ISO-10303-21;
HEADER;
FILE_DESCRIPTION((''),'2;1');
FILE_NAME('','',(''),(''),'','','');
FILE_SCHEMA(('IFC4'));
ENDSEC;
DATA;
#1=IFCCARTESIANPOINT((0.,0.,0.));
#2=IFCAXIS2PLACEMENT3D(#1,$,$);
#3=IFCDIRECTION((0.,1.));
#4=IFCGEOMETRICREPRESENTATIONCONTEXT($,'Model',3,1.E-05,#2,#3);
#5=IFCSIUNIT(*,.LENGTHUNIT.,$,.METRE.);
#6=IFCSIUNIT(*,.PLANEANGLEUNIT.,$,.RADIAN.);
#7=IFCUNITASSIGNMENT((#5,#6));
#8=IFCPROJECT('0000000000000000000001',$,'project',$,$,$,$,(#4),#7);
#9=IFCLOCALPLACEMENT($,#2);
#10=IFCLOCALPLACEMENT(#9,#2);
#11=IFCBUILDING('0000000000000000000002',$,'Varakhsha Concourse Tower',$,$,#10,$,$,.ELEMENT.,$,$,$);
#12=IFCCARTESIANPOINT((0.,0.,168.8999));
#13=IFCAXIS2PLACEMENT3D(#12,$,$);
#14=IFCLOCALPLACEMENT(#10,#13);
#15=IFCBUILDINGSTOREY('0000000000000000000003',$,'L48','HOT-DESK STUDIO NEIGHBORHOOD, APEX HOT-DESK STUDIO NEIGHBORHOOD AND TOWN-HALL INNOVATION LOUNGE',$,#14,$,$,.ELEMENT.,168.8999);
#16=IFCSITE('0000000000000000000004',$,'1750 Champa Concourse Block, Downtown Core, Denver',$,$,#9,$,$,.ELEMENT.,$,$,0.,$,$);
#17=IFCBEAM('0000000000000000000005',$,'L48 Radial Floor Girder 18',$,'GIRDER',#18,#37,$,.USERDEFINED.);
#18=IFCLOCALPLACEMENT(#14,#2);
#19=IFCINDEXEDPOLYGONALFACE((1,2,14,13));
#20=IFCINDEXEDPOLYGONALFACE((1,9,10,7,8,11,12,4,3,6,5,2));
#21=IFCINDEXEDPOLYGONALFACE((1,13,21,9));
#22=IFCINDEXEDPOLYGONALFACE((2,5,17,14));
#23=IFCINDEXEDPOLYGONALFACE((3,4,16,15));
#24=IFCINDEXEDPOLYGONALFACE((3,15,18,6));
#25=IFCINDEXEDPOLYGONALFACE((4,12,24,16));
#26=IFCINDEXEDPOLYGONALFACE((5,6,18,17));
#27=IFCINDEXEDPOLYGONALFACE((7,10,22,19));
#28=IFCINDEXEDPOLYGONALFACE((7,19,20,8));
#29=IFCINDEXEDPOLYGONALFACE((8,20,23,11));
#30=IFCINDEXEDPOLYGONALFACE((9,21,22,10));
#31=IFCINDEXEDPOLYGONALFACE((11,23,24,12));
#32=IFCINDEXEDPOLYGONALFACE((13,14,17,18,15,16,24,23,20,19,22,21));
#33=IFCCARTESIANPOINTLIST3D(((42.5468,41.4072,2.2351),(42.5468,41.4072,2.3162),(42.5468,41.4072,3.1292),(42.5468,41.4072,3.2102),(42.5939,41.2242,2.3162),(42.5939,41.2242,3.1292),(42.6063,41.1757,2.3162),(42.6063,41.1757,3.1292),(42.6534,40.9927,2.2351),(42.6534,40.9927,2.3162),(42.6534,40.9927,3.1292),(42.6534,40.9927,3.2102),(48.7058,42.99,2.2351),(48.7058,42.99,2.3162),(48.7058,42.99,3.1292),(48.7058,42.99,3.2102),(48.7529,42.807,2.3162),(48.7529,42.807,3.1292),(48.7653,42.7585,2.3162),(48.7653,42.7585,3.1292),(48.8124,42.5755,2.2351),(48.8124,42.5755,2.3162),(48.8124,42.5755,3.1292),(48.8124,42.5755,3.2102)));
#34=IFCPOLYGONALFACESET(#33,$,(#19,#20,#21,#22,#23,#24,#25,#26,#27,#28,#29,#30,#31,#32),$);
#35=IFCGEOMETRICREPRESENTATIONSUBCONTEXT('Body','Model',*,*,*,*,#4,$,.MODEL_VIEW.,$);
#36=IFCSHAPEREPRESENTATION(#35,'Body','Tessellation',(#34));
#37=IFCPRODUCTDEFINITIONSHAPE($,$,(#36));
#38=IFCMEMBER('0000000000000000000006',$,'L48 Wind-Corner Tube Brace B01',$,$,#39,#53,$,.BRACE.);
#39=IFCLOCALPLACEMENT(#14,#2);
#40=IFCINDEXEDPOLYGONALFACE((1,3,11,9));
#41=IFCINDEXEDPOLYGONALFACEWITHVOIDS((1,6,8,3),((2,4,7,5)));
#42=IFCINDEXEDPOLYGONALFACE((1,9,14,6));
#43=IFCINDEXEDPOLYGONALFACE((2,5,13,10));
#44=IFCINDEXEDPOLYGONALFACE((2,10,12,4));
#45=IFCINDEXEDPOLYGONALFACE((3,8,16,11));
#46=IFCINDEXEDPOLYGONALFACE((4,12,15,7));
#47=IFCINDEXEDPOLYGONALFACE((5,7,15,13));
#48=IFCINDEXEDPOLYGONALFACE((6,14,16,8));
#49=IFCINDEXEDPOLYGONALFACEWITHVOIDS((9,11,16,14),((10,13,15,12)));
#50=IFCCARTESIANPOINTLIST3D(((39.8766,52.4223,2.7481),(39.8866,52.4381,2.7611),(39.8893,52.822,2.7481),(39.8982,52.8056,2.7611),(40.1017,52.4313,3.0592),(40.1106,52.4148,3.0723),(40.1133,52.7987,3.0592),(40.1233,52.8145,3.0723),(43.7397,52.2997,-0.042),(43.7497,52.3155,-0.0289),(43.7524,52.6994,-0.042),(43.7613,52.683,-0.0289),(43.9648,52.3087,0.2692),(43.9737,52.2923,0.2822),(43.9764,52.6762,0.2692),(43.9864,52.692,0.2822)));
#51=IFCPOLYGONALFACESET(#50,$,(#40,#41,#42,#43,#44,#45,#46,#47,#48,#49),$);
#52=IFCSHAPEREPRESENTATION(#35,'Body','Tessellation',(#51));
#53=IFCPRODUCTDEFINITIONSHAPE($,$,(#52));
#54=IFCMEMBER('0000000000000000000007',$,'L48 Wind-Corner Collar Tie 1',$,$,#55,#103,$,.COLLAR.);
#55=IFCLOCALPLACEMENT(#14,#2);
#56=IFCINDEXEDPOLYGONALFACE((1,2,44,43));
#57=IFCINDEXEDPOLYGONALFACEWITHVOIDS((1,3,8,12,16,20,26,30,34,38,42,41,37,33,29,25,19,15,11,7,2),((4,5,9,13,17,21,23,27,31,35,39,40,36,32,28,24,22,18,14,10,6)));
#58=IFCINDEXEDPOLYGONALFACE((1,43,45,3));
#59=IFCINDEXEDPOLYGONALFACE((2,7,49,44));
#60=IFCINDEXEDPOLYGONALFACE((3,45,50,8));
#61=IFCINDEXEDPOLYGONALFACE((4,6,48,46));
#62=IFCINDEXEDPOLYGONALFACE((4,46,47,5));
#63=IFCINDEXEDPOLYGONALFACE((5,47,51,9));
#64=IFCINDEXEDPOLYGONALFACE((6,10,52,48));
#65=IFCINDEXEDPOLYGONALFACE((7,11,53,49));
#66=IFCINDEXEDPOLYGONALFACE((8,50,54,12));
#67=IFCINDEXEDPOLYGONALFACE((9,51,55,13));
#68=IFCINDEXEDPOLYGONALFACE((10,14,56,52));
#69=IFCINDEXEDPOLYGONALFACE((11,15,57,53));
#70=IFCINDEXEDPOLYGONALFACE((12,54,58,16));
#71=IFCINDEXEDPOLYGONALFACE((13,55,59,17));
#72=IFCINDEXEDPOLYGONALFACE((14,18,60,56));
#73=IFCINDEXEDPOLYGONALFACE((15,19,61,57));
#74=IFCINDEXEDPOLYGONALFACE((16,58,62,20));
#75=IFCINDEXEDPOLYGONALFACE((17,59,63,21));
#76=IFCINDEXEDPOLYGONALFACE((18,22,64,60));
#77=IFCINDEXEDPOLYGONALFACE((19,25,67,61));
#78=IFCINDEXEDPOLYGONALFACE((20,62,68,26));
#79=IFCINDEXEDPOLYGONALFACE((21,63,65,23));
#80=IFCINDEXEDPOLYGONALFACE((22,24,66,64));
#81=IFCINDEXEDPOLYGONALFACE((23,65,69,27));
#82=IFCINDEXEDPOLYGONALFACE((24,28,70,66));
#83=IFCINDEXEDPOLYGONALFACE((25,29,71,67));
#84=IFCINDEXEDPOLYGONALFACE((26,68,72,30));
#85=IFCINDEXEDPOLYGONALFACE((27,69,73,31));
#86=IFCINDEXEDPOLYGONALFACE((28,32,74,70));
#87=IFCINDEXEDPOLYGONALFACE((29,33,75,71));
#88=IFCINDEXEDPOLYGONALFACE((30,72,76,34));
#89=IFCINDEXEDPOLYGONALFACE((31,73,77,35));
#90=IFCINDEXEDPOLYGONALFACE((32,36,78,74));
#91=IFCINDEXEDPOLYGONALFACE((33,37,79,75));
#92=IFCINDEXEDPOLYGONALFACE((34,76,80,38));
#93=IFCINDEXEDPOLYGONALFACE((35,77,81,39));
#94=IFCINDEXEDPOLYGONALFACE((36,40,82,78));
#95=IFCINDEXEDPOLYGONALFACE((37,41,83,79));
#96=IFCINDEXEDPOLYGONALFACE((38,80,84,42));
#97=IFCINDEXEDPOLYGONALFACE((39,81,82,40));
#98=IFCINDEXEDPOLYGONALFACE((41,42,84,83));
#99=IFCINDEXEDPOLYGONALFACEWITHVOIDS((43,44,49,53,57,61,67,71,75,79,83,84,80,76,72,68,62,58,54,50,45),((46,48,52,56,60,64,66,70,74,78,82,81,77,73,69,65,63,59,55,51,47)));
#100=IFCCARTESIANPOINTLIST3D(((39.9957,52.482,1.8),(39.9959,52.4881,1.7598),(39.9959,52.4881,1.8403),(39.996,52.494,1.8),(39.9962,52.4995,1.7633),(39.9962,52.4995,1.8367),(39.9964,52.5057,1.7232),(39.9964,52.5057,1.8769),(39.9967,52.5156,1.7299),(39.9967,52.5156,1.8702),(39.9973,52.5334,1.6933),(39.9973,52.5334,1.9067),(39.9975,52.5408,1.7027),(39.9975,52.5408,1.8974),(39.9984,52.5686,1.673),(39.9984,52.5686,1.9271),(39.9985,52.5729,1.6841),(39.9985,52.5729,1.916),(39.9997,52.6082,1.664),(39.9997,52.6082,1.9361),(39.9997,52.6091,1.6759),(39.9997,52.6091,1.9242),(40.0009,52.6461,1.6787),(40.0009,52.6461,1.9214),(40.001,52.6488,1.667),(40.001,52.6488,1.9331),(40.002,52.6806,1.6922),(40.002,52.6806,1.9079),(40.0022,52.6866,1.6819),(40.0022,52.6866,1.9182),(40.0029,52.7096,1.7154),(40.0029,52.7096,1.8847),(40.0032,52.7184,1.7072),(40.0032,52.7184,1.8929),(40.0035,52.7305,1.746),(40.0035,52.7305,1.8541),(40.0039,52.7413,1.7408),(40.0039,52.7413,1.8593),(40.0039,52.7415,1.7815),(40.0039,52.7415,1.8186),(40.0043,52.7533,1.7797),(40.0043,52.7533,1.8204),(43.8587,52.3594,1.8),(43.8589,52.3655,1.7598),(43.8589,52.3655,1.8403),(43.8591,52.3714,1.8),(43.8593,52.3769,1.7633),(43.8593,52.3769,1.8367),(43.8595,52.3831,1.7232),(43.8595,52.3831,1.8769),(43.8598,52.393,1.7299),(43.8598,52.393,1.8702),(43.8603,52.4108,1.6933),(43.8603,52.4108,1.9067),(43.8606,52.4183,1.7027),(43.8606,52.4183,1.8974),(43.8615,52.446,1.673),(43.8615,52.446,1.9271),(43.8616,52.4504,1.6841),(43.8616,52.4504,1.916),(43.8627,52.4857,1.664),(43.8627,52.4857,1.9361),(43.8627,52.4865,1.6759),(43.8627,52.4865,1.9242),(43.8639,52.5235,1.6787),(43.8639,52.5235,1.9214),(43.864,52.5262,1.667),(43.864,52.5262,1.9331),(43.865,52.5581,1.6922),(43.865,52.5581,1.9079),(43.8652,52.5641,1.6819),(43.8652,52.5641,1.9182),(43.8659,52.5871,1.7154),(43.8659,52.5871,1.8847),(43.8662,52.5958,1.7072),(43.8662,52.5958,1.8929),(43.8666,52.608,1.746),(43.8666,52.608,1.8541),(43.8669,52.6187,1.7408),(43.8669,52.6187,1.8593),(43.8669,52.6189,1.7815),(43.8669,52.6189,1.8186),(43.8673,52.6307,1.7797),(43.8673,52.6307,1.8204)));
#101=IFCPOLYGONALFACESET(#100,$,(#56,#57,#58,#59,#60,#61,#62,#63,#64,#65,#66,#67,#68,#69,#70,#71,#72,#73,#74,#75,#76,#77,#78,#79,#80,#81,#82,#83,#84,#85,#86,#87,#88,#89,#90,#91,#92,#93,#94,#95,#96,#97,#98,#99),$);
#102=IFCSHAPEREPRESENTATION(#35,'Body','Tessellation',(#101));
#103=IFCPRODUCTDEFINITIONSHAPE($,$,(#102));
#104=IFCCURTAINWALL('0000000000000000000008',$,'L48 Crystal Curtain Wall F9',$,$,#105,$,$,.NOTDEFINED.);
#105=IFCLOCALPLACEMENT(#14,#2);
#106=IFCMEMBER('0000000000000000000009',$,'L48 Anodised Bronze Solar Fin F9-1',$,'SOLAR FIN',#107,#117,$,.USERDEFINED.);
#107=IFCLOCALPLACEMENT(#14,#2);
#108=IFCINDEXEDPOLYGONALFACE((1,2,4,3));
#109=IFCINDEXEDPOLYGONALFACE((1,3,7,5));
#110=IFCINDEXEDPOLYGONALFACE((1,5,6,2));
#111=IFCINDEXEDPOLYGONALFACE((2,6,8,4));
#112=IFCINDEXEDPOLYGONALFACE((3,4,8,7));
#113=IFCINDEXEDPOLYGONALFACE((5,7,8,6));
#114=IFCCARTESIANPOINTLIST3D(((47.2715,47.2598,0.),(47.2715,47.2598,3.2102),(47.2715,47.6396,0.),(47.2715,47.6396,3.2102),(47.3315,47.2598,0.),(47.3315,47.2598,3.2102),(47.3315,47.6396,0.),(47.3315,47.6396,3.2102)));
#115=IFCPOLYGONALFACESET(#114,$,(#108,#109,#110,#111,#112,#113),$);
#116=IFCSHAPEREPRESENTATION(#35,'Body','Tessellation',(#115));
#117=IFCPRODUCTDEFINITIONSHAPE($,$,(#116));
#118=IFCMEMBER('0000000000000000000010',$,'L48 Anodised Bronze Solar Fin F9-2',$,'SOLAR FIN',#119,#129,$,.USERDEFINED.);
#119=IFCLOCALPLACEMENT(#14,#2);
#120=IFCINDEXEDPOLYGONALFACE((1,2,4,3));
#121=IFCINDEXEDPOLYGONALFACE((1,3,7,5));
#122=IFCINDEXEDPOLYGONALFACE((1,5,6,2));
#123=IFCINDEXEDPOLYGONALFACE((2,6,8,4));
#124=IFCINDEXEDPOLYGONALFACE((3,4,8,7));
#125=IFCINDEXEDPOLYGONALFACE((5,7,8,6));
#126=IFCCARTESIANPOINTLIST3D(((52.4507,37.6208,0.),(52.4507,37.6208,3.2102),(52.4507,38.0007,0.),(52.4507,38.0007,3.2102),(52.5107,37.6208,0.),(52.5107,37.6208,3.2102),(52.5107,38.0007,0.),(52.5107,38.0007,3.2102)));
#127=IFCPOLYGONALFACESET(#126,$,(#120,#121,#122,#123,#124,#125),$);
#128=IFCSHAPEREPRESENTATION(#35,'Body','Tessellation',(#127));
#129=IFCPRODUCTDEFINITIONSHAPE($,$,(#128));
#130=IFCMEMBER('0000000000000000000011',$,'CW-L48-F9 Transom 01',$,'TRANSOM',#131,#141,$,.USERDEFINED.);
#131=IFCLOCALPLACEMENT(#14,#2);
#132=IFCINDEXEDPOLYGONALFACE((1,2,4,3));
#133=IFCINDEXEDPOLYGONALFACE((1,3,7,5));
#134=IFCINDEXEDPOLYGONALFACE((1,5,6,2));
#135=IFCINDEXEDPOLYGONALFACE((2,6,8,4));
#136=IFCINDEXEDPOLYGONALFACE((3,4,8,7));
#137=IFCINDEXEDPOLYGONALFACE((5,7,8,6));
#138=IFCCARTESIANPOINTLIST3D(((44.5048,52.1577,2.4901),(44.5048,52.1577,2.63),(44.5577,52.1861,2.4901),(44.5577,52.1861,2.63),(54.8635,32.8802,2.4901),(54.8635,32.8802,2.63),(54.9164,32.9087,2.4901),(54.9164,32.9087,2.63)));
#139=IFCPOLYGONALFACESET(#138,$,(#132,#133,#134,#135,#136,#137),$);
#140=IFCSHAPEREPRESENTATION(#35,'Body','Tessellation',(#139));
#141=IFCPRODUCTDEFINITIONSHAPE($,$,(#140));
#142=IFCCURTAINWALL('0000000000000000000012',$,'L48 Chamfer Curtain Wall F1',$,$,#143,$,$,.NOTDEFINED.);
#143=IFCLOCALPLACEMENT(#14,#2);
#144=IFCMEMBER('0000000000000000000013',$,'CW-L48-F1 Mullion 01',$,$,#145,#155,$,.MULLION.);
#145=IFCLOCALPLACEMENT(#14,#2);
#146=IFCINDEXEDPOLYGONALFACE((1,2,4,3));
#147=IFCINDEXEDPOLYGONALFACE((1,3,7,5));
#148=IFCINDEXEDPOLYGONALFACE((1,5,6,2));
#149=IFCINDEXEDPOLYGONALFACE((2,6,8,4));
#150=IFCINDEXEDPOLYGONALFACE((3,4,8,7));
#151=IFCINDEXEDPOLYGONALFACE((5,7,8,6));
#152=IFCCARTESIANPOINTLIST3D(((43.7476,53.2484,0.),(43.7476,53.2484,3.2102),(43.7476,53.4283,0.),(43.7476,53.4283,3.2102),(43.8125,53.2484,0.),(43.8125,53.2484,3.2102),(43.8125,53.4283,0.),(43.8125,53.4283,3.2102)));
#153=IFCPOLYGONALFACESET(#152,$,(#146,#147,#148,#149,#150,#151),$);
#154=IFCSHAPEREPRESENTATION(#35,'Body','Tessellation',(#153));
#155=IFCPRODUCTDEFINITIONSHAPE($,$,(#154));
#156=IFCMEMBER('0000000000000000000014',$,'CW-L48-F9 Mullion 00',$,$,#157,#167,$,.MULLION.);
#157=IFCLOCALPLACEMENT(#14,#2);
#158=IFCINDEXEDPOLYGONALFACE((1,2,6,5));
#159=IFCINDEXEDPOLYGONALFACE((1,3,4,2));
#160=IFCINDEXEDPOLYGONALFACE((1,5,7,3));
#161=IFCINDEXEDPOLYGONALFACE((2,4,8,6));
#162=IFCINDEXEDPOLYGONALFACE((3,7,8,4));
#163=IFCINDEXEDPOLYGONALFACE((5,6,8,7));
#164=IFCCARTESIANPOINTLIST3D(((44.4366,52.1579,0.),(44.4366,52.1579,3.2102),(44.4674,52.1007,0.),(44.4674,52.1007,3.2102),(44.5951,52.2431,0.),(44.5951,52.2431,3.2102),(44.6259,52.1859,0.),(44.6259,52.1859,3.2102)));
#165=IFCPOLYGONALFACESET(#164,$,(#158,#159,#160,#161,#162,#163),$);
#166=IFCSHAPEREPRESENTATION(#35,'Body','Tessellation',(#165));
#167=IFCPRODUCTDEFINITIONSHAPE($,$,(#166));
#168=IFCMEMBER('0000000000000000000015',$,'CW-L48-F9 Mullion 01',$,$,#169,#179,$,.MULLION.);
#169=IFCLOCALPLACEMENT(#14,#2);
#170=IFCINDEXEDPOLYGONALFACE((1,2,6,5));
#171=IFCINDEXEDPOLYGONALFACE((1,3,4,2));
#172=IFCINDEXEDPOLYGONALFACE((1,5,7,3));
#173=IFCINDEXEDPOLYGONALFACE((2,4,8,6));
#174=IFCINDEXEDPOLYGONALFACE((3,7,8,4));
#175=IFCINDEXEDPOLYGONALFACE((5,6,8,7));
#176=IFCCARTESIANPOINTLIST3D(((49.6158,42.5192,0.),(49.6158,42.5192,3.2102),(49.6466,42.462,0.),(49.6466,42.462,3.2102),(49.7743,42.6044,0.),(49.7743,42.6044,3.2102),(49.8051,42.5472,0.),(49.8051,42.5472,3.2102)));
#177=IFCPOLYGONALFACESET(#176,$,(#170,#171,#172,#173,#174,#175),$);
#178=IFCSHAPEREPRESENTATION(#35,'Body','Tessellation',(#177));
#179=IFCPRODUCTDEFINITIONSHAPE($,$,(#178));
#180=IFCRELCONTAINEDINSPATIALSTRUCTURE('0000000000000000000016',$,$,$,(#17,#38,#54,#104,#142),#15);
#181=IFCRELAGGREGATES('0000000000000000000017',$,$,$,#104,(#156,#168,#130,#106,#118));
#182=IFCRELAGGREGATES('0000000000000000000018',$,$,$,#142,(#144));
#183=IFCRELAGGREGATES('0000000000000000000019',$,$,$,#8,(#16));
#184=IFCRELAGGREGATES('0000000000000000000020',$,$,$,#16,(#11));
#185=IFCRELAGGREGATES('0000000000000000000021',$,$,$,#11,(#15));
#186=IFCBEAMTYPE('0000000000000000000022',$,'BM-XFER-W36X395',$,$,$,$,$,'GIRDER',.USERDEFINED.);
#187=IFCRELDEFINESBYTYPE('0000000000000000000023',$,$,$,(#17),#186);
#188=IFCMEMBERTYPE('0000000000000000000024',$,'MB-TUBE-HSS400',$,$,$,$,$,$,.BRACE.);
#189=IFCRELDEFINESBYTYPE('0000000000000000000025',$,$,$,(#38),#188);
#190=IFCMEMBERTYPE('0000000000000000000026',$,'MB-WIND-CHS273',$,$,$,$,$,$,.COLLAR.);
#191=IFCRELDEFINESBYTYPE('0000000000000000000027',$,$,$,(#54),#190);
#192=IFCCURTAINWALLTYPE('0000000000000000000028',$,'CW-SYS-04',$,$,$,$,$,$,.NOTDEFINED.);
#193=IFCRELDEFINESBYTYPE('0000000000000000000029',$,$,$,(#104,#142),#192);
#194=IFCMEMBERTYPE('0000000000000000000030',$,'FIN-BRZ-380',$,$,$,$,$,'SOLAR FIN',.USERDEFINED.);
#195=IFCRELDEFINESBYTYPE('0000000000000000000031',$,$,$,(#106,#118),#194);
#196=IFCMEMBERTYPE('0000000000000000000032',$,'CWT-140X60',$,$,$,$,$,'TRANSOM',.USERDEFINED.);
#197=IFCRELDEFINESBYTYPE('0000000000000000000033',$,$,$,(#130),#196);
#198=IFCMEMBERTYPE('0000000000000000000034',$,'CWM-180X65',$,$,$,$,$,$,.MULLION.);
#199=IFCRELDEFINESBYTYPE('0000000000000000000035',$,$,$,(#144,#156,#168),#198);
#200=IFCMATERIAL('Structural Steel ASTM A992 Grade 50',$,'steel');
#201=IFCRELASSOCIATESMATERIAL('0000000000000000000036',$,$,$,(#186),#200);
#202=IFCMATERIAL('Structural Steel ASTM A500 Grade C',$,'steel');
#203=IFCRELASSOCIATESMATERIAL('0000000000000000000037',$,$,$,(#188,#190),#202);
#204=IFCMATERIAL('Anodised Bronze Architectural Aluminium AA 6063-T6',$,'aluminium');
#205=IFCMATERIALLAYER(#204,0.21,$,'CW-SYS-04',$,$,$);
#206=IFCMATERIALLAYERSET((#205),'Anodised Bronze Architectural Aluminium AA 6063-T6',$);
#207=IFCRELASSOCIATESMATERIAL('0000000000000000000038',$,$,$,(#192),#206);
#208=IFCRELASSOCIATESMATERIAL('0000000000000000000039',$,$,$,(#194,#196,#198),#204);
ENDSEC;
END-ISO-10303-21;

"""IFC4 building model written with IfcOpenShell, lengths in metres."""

from ifc_helpers import new_model, si_unit, direction, frame, origin, origin_2d, place, context, subcontext, project, spatial, rectangle, hollow_rectangle, hollow_circle, i_section, extrude, source, transform, mapped, material, layer, layer_set, material_profile, profile_set, type_object, type_shapes, element, aggregate, save


model = new_model("IFC4")

# Units and contexts
model_context = context("Model", 3, precision=1e-05, world=origin(), true_north=direction((0.0, 1.0)))
body_context = subcontext(model_context, "Body", "Model", "MODEL_VIEW")
ifc_project = project(units=[si_unit("LENGTHUNIT", "METRE"), si_unit("PLANEANGLEUNIT", "RADIAN")], contexts=[model_context])

# Site, building, storey
site_placement = place(None, origin())
site = spatial("IfcSite", under=ifc_project, at=site_placement, Name="1750 Champa Concourse Block, Downtown Core, Denver", CompositionType="ELEMENT", RefElevation=0.0)
building_placement = place(site_placement, origin())
building = spatial("IfcBuilding", under=site, at=building_placement, Name="Varakhsha Concourse Tower", CompositionType="ELEMENT")
storey_placement = place(building_placement, frame((0.0, 0.0, 168.8999)))
storey = spatial("IfcBuildingStorey", under=building, at=storey_placement, Name="L48", Description="HOT-DESK STUDIO NEIGHBORHOOD, APEX HOT-DESK STUDIO NEIGHBORHOOD AND TOWN-HALL INNOVATION LOUNGE", CompositionType="ELEMENT", Elevation=168.8999)

# Shared definitions
ifc_material_1 = material(Name="Structural Steel ASTM A992 Grade 50", Category="steel")

# Beam
ifc_material_profile_1 = material_profile(ifc_material_1, i_section(OverallWidth=0.428, OverallDepth=0.9751, WebThickness=0.05, FlangeThickness=0.0811, at=origin_2d()), Name="W36X395")
ifc_profile_set_1 = profile_set([ifc_material_profile_1], Name="Structural Steel ASTM A992 Grade 50")
beam_type_1 = type_object("IfcBeamType", Name="BM-XFER-W36X395", ElementType="GIRDER", PredefinedType="USERDEFINED", material=ifc_profile_set_1)
beam_1_placement = place(storey_placement, frame((42.6001, 41.2, 2.7227), z_axis=(0.968529, 0.248899, 0.0), x_axis=(-0.248899, 0.968529, 0.0)))
element("IfcBeam", 1, at=beam_1_placement, inside=storey, type_object=beam_type_1, Name="L48 Radial Floor Girder 18", ObjectType="GIRDER", PredefinedType="USERDEFINED", context=body_context, shape_type="SweptSolid", body=[
    extrude(i_section(OverallWidth=0.428, OverallDepth=0.9751, WebThickness=0.05, FlangeThickness=0.0811, at=origin_2d()), origin(), (0.0, 0.0, 1.0), 6.3591),
])

# Members
ifc_material_2 = material(Name="Structural Steel ASTM A500 Grade C", Category="steel")
ifc_material_profile_2 = material_profile(ifc_material_2, hollow_rectangle(XDim=0.3999, YDim=0.3999, WallThickness=0.0161, at=origin_2d()), Name="HSS 400x400x16")
ifc_profile_set_2 = profile_set([ifc_material_profile_2], Name="Structural Steel ASTM A500 Grade C")
member_type_1 = type_object("IfcMemberType", Name="MB-TUBE-HSS400", PredefinedType="BRACE", material=ifc_profile_set_2)
shared_shape_1 = source(origin(), body_context, "Body", "SweptSolid", [
    extrude(hollow_rectangle(XDim=0.3999, YDim=0.3999, WallThickness=0.0161, at=origin_2d()), origin(), (0.0, 0.0, 1.0), 4.7668),
])
type_shapes(member_type_1, [shared_shape_1])
member_1_placement = place(storey_placement, frame((43.863, 52.4958, 0.1201), z_axis=(-0.810404, 0.025711, 0.585306), x_axis=(-0.03171, -0.999497, 0.0)))
element("IfcMember", 2, at=member_1_placement, inside=storey, type_object=member_type_1, Name="L48 Wind-Corner Tube Brace B01", PredefinedType="BRACE", context=body_context, shape_type="MappedRepresentation", body=[
    mapped(shared_shape_1, transform((0.0, 0.0, 0.0), scale=1.0)),
])
ifc_material_profile_3 = material_profile(ifc_material_2, hollow_circle(Radius=0.1365, WallThickness=0.012, at=origin_2d()), Name="CHS 273x12")
ifc_profile_set_3 = profile_set([ifc_material_profile_3], Name="Structural Steel ASTM A500 Grade C")
member_type_2 = type_object("IfcMemberType", Name="MB-WIND-CHS273", PredefinedType="COLLAR", material=ifc_profile_set_3)
shared_shape_2 = source(origin(), body_context, "Body", "SweptSolid", [
    extrude(hollow_circle(Radius=0.1365, WallThickness=0.012, at=origin_2d()), origin(), (0.0, 0.0, 1.0), 3.865),
])
type_shapes(member_type_2, [shared_shape_2])
member_2_placement = place(storey_placement, frame((43.863, 52.4958, 1.8), z_axis=(-0.999497, 0.03171, 0.0), x_axis=(-0.03171, -0.999497, 0.0)))
element("IfcMember", 3, at=member_2_placement, inside=storey, type_object=member_type_2, Name="L48 Wind-Corner Collar Tie 1", PredefinedType="COLLAR", context=body_context, shape_type="MappedRepresentation", body=[
    mapped(shared_shape_2, transform((0.0, 0.0, 0.0), scale=1.0)),
])

# Curtain wall, members
ifc_material_3 = material(Name="Anodised Bronze Architectural Aluminium AA 6063-T6", Category="aluminium")
ifc_layer_1 = layer(ifc_material_3, 0.21, Name="CW-SYS-04")
ifc_layer_set_1 = layer_set([ifc_layer_1], Name="Anodised Bronze Architectural Aluminium AA 6063-T6")
curtain_wall_type = type_object("IfcCurtainWallType", Name="CW-SYS-04", PredefinedType="NOTDEFINED", material=ifc_layer_set_1)
curtain_wall_1_placement = place(storey_placement, origin())
curtain_wall_1 = element("IfcCurtainWall", 4, at=curtain_wall_1_placement, inside=storey, type_object=curtain_wall_type, Name="L48 Crystal Curtain Wall F9", PredefinedType="NOTDEFINED")
ifc_material_profile_4 = material_profile(ifc_material_3, rectangle(XDim=0.0601, YDim=0.3799, at=origin_2d()), Name="FIN-BRZ-380")
ifc_profile_set_4 = profile_set([ifc_material_profile_4], Name="Anodised Bronze Architectural Aluminium AA 6063-T6")
member_type_3 = type_object("IfcMemberType", Name="FIN-BRZ-380", ElementType="SOLAR FIN", PredefinedType="USERDEFINED", material=ifc_profile_set_4)
shared_shape_3 = source(origin(), body_context, "Body", "SweptSolid", [
    extrude(rectangle(XDim=0.0601, YDim=0.3799, at=origin_2d()), origin(), (0.0, 0.0, 1.0), 3.2102),
])
type_shapes(member_type_3, [shared_shape_3])
member_3_placement = place(storey_placement, frame((47.3015, 47.4497, 0.0), z_axis=(0.0, 0.0, 1.0), x_axis=(1.0, 0.0, 0.0)))
member_3 = element("IfcMember", 5, at=member_3_placement, type_object=member_type_3, Name="L48 Anodised Bronze Solar Fin F9-1", ObjectType="SOLAR FIN", PredefinedType="USERDEFINED", context=body_context, shape_type="MappedRepresentation", body=[
    mapped(shared_shape_3, transform((0.0, 0.0, 0.0), scale=1.0)),
])
member_4_placement = place(storey_placement, frame((52.4807, 37.8108, 0.0), z_axis=(0.0, 0.0, 1.0), x_axis=(1.0, 0.0, 0.0)))
member_4 = element("IfcMember", 6, at=member_4_placement, type_object=member_type_3, Name="L48 Anodised Bronze Solar Fin F9-2", ObjectType="SOLAR FIN", PredefinedType="USERDEFINED", context=body_context, shape_type="MappedRepresentation", body=[
    mapped(shared_shape_3, transform((0.0, 0.0, 0.0), scale=1.0)),
])
ifc_material_profile_5 = material_profile(ifc_material_3, rectangle(XDim=0.0601, YDim=0.1399, at=origin_2d()), Name="CWT-140X60")
ifc_profile_set_5 = profile_set([ifc_material_profile_5], Name="Anodised Bronze Architectural Aluminium AA 6063-T6")
member_type_4 = type_object("IfcMemberType", Name="CWT-140X60", ElementType="TRANSOM", PredefinedType="USERDEFINED", material=ifc_profile_set_5)
shared_shape_4 = source(origin(), body_context, "Body", "SweptSolid", [
    extrude(rectangle(XDim=0.0601, YDim=0.1399, at=origin_2d()), origin(), (0.0, 0.0, 1.0), 21.8843),
])
type_shapes(member_type_4, [shared_shape_4])
member_5_placement = place(storey_placement, frame((44.5312, 52.1719, 2.5601), z_axis=(0.473339, -0.88088, 0.0), x_axis=(0.88088, 0.473339, 0.0)))
member_5 = element("IfcMember", 7, at=member_5_placement, type_object=member_type_4, Name="CW-L48-F9 Transom 01", ObjectType="TRANSOM", PredefinedType="USERDEFINED", context=body_context, shape_type="MappedRepresentation", body=[
    mapped(shared_shape_4, transform((0.0, 0.0, 0.0), scale=1.0)),
])

# Curtain wall, member
curtain_wall_2_placement = place(storey_placement, origin())
curtain_wall_2 = element("IfcCurtainWall", 8, at=curtain_wall_2_placement, inside=storey, type_object=curtain_wall_type, Name="L48 Chamfer Curtain Wall F1", PredefinedType="NOTDEFINED")
ifc_material_profile_6 = material_profile(ifc_material_3, rectangle(XDim=0.0649, YDim=0.1799, at=origin_2d()), Name="CWM-180X65")
ifc_profile_set_6 = profile_set([ifc_material_profile_6], Name="Anodised Bronze Architectural Aluminium AA 6063-T6")
member_type_5 = type_object("IfcMemberType", Name="CWM-180X65", PredefinedType="MULLION", material=ifc_profile_set_6)
shared_shape_5 = source(origin(), body_context, "Body", "SweptSolid", [
    extrude(rectangle(XDim=0.0649, YDim=0.1799, at=origin_2d()), origin(), (0.0, 0.0, 1.0), 3.2102),
])
type_shapes(member_type_5, [shared_shape_5])
member_6_placement = place(storey_placement, frame((43.78, 53.3384, 0.0), z_axis=(0.0, 0.0, 1.0), x_axis=(1.0, 0.0, 0.0)))
member_6 = element("IfcMember", 9, at=member_6_placement, type_object=member_type_5, Name="CW-L48-F1 Mullion 01", PredefinedType="MULLION", context=body_context, shape_type="MappedRepresentation", body=[
    mapped(shared_shape_5, transform((0.0, 0.0, 0.0), scale=1.0)),
])

# Members
member_7_placement = place(storey_placement, frame((44.5312, 52.1719, 0.0), z_axis=(0.0, 0.0, 1.0), x_axis=(0.473337, -0.880882, 0.0)))
member_7 = element("IfcMember", 10, at=member_7_placement, type_object=member_type_5, Name="CW-L48-F9 Mullion 00", PredefinedType="MULLION", context=body_context, shape_type="MappedRepresentation", body=[
    mapped(shared_shape_5, transform((0.0, 0.0, 0.0), scale=1.0)),
])
member_8_placement = place(storey_placement, frame((49.7104, 42.5332, 0.0), z_axis=(0.0, 0.0, 1.0), x_axis=(0.473337, -0.880882, 0.0)))
member_8 = element("IfcMember", 11, at=member_8_placement, type_object=member_type_5, Name="CW-L48-F9 Mullion 01", PredefinedType="MULLION", context=body_context, shape_type="MappedRepresentation", body=[
    mapped(shared_shape_5, transform((0.0, 0.0, 0.0), scale=1.0)),
])

aggregate(curtain_wall_1, [member_7, member_8, member_5, member_3, member_4])
aggregate(curtain_wall_2, [member_6])

save(model, "model.ifc")
